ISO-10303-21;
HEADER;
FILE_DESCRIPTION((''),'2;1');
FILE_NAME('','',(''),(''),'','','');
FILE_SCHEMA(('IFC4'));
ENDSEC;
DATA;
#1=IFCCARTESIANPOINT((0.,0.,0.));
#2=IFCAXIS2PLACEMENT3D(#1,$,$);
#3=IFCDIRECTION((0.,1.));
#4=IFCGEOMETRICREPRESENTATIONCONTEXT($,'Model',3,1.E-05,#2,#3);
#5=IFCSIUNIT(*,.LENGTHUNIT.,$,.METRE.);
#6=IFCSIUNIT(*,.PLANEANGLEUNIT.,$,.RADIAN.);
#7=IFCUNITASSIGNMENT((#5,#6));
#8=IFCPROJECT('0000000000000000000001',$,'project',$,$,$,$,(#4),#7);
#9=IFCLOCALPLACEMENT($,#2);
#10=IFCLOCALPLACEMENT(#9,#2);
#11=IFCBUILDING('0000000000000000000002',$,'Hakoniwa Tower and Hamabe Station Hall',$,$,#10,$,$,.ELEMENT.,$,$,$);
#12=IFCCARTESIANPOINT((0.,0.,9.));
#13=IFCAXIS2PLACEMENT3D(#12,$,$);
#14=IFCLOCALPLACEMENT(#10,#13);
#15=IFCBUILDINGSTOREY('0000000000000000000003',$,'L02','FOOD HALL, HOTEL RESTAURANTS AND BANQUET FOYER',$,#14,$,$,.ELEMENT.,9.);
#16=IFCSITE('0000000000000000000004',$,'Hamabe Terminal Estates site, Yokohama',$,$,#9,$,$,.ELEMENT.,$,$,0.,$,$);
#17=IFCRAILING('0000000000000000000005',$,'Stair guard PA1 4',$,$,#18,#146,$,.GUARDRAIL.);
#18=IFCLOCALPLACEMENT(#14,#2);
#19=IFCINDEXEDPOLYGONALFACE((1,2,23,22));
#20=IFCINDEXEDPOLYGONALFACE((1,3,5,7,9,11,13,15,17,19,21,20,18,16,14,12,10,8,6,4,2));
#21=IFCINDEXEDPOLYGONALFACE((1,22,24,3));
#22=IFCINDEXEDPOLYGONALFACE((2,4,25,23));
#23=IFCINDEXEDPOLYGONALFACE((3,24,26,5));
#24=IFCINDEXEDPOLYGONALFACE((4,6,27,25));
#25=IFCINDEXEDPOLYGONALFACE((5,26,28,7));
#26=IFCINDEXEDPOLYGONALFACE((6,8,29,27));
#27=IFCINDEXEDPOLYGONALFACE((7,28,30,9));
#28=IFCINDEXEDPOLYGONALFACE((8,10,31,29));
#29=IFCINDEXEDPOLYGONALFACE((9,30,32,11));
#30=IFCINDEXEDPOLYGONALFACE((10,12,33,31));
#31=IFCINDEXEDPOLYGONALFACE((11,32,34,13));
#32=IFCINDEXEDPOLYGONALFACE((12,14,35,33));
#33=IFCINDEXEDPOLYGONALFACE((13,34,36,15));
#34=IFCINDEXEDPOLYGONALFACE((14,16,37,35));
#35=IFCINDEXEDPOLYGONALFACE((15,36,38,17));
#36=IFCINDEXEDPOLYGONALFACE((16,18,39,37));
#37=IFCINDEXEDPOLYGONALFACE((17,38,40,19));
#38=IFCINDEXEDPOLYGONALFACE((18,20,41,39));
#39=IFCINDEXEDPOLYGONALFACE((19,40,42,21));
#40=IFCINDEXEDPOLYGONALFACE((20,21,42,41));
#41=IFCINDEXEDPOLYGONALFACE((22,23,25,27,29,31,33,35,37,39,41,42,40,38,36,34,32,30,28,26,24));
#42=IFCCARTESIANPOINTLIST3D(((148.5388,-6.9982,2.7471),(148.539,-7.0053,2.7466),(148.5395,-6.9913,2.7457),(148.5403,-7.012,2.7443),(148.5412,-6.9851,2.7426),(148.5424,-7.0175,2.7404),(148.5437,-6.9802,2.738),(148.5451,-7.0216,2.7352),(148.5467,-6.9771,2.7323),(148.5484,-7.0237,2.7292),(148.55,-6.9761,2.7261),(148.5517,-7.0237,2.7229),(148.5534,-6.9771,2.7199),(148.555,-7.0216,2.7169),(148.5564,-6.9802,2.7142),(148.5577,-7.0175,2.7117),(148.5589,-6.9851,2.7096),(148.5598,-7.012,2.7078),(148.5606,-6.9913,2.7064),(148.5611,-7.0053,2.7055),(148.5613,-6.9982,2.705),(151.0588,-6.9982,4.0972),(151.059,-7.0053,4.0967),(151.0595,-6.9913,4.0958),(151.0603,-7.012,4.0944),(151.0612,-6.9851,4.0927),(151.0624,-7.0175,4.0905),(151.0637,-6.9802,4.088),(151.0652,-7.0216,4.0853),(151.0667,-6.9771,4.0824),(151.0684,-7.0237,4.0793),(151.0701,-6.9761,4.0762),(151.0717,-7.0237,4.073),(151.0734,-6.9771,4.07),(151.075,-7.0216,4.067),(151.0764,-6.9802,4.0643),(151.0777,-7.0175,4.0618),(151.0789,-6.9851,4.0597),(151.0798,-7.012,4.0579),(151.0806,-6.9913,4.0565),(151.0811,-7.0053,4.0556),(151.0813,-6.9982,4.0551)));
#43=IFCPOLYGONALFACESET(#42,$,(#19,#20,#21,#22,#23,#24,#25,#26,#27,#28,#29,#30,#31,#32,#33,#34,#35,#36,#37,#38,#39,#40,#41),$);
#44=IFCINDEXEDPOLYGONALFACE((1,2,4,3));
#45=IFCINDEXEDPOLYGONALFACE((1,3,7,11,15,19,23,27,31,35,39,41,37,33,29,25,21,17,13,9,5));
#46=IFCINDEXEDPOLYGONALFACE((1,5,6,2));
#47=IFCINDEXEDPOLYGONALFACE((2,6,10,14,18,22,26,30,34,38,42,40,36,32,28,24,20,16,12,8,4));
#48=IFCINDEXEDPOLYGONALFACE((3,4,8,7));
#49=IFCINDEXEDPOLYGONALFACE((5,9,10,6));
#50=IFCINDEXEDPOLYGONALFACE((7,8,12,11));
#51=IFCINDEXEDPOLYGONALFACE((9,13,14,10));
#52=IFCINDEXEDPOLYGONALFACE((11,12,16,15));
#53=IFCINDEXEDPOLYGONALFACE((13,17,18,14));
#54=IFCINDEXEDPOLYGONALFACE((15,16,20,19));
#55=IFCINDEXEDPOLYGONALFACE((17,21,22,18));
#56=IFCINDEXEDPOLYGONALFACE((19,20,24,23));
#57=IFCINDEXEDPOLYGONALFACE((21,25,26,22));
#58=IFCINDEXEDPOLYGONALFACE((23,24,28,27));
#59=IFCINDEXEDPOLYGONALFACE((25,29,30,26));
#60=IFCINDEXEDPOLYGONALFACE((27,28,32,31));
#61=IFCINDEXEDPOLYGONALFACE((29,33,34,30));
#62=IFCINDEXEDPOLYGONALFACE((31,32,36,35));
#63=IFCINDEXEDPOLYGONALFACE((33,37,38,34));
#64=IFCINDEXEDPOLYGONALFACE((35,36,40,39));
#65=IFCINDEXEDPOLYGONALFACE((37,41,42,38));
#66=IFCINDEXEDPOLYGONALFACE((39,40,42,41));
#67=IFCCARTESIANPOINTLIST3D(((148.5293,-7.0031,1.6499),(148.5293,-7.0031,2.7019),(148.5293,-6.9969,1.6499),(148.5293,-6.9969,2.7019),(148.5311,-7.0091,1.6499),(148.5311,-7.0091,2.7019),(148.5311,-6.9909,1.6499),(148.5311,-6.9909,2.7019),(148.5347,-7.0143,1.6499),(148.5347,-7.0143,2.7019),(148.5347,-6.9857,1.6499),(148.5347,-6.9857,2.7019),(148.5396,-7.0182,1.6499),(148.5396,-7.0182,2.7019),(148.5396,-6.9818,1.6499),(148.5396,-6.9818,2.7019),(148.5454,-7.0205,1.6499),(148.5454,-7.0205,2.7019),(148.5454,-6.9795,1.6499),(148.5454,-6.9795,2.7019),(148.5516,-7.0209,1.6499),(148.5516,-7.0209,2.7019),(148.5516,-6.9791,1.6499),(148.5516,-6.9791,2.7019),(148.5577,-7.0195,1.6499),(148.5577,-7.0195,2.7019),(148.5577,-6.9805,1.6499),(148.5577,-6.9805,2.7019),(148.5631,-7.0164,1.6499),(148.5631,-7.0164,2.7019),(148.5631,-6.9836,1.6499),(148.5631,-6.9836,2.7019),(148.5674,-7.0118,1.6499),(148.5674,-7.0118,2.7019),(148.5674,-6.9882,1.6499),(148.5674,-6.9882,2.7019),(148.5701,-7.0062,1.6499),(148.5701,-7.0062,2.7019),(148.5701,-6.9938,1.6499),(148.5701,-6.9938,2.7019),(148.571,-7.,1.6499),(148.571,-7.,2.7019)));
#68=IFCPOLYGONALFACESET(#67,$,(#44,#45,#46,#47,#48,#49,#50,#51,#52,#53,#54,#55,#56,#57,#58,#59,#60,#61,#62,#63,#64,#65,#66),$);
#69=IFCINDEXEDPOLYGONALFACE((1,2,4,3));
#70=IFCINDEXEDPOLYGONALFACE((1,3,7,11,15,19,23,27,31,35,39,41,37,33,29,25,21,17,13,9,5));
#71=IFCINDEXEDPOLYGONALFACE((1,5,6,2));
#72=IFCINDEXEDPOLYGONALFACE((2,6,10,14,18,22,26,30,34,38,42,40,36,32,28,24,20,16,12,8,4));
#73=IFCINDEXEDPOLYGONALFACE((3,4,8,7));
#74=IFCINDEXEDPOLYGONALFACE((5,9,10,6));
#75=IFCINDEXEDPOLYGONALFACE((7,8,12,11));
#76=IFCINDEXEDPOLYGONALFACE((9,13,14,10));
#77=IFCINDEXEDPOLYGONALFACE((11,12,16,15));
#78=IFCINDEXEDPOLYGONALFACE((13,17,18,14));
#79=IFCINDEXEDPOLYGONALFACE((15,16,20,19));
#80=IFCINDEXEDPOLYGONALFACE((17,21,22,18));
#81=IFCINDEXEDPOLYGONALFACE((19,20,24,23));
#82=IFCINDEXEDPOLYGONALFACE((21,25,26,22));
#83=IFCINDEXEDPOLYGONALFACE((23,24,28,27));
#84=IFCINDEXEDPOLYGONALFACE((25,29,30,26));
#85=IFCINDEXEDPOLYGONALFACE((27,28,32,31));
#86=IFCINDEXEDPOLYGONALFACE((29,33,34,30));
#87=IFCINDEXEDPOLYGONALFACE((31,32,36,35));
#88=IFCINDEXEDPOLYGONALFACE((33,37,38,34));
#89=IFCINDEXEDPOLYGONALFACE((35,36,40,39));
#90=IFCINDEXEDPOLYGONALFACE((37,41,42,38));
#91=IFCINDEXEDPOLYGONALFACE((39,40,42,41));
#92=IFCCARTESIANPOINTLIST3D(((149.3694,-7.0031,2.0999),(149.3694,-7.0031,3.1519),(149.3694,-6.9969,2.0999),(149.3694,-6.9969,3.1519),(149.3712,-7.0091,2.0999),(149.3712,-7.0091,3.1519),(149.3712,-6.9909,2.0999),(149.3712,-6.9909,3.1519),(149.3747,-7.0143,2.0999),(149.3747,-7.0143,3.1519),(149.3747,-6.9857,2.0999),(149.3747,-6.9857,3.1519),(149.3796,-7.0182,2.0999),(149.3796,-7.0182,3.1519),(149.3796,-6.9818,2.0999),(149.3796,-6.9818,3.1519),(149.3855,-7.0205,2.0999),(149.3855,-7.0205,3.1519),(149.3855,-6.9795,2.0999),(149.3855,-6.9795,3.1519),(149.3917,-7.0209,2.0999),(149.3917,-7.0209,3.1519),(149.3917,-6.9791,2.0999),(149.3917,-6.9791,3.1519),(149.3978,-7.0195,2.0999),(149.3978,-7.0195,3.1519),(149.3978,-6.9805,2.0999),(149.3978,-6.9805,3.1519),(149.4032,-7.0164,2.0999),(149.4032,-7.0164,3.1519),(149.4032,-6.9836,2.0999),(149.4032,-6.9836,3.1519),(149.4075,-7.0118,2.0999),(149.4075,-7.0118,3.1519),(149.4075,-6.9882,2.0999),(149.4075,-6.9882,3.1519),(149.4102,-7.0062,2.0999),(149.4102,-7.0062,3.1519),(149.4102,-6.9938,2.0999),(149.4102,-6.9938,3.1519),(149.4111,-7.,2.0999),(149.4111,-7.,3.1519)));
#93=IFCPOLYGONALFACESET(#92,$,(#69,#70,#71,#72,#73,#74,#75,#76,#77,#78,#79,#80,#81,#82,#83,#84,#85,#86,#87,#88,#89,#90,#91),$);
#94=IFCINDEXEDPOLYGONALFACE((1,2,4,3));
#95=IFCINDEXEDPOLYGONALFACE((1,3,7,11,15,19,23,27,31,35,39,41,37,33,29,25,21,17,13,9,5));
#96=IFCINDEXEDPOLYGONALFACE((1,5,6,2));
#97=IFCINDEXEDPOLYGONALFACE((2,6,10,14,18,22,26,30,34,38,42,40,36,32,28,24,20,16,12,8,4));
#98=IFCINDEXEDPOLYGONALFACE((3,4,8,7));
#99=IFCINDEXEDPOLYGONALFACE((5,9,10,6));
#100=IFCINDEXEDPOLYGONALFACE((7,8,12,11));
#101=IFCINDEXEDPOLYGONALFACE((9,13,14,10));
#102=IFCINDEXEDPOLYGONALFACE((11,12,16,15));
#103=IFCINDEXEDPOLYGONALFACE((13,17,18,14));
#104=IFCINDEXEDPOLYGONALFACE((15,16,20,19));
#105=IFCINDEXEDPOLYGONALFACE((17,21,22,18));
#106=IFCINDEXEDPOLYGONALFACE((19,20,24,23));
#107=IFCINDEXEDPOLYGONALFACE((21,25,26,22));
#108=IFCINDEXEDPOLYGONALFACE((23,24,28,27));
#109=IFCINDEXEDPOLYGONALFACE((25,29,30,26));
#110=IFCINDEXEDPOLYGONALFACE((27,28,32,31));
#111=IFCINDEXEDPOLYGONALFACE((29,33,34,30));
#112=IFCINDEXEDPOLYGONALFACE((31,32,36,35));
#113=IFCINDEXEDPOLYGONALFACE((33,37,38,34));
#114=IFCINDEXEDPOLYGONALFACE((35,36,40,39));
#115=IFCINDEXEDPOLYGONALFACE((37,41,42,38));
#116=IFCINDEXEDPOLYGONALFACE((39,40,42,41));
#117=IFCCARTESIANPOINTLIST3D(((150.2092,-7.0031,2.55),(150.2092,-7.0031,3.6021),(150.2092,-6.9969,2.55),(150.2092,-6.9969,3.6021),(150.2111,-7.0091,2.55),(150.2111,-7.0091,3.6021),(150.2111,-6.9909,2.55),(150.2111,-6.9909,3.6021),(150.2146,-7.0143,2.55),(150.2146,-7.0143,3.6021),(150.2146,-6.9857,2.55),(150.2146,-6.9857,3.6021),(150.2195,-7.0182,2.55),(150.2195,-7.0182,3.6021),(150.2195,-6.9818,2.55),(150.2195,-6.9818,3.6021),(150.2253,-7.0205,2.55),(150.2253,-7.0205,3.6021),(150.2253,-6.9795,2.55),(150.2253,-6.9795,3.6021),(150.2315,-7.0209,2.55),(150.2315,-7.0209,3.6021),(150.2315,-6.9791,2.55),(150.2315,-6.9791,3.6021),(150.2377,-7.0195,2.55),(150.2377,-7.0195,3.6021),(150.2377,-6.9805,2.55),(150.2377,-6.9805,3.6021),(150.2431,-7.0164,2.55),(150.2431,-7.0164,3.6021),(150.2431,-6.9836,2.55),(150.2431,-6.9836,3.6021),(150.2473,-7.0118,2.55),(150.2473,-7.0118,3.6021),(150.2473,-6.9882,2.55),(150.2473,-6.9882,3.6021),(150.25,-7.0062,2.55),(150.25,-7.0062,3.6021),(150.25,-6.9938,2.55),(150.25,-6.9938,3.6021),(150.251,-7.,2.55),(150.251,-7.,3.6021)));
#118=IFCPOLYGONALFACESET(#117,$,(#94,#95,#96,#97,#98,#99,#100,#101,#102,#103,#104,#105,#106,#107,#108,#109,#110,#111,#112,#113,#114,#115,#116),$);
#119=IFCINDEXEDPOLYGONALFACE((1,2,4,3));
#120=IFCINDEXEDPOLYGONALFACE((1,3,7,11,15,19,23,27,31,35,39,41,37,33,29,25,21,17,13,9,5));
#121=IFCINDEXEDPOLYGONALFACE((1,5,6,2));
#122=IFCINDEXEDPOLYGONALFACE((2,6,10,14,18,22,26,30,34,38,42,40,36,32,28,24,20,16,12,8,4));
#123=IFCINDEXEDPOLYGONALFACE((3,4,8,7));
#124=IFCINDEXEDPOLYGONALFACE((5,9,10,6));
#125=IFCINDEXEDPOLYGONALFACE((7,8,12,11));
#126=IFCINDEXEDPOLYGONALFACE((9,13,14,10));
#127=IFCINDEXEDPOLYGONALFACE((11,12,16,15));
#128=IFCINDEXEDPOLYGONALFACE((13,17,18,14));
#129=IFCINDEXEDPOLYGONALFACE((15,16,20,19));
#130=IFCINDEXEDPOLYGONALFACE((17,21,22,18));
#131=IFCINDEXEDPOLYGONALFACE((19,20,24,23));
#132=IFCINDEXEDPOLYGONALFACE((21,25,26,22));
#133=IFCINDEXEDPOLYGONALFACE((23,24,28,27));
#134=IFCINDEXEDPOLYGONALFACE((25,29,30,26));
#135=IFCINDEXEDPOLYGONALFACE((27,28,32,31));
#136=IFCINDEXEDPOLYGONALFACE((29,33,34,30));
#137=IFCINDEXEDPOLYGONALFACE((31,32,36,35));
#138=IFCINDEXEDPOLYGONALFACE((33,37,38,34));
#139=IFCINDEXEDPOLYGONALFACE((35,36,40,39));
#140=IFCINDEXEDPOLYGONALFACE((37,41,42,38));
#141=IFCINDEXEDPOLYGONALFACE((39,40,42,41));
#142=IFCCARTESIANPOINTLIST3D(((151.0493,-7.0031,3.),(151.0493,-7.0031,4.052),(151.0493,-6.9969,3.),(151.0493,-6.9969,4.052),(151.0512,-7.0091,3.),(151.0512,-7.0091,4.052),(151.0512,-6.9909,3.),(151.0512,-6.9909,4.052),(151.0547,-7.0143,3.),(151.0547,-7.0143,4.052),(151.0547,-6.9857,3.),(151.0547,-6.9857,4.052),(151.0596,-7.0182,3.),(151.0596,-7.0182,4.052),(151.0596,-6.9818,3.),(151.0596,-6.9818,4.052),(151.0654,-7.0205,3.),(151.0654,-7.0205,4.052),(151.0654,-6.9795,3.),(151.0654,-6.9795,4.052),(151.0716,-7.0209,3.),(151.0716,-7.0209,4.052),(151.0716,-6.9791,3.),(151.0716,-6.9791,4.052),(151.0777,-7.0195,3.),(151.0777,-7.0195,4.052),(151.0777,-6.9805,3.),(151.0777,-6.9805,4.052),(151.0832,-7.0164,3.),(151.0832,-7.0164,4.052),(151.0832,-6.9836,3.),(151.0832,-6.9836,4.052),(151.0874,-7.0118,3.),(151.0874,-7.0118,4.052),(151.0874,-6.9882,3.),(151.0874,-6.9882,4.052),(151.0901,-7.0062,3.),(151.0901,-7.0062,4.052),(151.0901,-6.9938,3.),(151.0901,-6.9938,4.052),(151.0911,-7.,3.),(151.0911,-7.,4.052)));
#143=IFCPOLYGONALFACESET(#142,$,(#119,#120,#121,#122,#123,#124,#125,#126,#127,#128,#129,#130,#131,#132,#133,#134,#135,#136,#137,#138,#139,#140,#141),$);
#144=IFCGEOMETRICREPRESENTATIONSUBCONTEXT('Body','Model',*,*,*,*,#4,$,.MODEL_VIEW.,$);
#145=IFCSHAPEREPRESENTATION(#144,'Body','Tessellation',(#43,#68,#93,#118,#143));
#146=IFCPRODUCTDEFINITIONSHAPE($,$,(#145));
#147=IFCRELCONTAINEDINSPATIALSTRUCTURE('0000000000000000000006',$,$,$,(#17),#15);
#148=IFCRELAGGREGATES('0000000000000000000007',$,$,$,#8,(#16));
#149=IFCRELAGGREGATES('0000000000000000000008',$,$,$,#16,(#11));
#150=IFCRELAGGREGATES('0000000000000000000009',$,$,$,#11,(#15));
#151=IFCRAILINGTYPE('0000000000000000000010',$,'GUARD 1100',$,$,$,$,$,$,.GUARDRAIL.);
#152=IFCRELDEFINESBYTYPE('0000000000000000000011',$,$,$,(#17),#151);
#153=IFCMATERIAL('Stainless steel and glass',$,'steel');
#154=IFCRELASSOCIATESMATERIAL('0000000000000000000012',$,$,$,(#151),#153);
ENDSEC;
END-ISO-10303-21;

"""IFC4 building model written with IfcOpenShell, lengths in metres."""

from ifc_helpers import new_model, si_unit, direction, frame, origin, origin_2d, place, context, subcontext, project, spatial, circle, extrude, material, type_object, element, save


model = new_model("IFC4")

# Units and contexts
model_context = context("Model", 3, precision=1e-05, world=origin(), true_north=direction((0.0, 1.0)))
body_context = subcontext(model_context, "Body", "Model", "MODEL_VIEW")
ifc_project = project(units=[si_unit("LENGTHUNIT", "METRE"), si_unit("PLANEANGLEUNIT", "RADIAN")], contexts=[model_context])

# Site, building, storey
site_placement = place(None, origin())
site = spatial("IfcSite", under=ifc_project, at=site_placement, Name="Hamabe Terminal Estates site, Yokohama", CompositionType="ELEMENT", RefElevation=0.0)
building_placement = place(site_placement, origin())
building = spatial("IfcBuilding", under=site, at=building_placement, Name="Hakoniwa Tower and Hamabe Station Hall", CompositionType="ELEMENT")
storey_placement = place(building_placement, frame((0.0, 0.0, 9.0)))
storey = spatial("IfcBuildingStorey", under=building, at=storey_placement, Name="L02", Description="FOOD HALL, HOTEL RESTAURANTS AND BANQUET FOYER", CompositionType="ELEMENT", Elevation=9.0)

# Railing
ifc_material_1 = material(Name="Stainless steel and glass", Category="steel")
railing_type_1 = type_object("IfcRailingType", Name="GUARD 1100", PredefinedType="GUARDRAIL", material=ifc_material_1)
railing_1_placement = place(storey_placement, frame((148.55, -7.0, 1.6499)))
element("IfcRailing", 1, at=railing_1_placement, inside=storey, type_object=railing_type_1, Name="Stair guard PA1 4", PredefinedType="GUARDRAIL", context=body_context, shape_type="SweptSolid", body=[
    extrude(circle(Radius=0.0239, at=origin_2d()), frame((0.0, 0.0, 1.0762), z_axis=(0.881467, 0.0, 0.472245), x_axis=(0.0, 1.0, 0.0)), (0.0, 0.0, 1.0), 2.8589),
    extrude(circle(Radius=0.021, at=origin_2d()), origin(), (0.0, 0.0, 1.0), 1.052),
    extrude(circle(Radius=0.021, at=origin_2d()), frame((0.8401, 0.0, 0.45)), (0.0, 0.0, 1.0), 1.052),
    extrude(circle(Radius=0.021, at=origin_2d()), frame((1.6799, 0.0, 0.9001)), (0.0, 0.0, 1.0), 1.052),
    extrude(circle(Radius=0.021, at=origin_2d()), frame((2.52, 0.0, 1.3501)), (0.0, 0.0, 1.0), 1.052),
])

save(model, "model.ifc")
